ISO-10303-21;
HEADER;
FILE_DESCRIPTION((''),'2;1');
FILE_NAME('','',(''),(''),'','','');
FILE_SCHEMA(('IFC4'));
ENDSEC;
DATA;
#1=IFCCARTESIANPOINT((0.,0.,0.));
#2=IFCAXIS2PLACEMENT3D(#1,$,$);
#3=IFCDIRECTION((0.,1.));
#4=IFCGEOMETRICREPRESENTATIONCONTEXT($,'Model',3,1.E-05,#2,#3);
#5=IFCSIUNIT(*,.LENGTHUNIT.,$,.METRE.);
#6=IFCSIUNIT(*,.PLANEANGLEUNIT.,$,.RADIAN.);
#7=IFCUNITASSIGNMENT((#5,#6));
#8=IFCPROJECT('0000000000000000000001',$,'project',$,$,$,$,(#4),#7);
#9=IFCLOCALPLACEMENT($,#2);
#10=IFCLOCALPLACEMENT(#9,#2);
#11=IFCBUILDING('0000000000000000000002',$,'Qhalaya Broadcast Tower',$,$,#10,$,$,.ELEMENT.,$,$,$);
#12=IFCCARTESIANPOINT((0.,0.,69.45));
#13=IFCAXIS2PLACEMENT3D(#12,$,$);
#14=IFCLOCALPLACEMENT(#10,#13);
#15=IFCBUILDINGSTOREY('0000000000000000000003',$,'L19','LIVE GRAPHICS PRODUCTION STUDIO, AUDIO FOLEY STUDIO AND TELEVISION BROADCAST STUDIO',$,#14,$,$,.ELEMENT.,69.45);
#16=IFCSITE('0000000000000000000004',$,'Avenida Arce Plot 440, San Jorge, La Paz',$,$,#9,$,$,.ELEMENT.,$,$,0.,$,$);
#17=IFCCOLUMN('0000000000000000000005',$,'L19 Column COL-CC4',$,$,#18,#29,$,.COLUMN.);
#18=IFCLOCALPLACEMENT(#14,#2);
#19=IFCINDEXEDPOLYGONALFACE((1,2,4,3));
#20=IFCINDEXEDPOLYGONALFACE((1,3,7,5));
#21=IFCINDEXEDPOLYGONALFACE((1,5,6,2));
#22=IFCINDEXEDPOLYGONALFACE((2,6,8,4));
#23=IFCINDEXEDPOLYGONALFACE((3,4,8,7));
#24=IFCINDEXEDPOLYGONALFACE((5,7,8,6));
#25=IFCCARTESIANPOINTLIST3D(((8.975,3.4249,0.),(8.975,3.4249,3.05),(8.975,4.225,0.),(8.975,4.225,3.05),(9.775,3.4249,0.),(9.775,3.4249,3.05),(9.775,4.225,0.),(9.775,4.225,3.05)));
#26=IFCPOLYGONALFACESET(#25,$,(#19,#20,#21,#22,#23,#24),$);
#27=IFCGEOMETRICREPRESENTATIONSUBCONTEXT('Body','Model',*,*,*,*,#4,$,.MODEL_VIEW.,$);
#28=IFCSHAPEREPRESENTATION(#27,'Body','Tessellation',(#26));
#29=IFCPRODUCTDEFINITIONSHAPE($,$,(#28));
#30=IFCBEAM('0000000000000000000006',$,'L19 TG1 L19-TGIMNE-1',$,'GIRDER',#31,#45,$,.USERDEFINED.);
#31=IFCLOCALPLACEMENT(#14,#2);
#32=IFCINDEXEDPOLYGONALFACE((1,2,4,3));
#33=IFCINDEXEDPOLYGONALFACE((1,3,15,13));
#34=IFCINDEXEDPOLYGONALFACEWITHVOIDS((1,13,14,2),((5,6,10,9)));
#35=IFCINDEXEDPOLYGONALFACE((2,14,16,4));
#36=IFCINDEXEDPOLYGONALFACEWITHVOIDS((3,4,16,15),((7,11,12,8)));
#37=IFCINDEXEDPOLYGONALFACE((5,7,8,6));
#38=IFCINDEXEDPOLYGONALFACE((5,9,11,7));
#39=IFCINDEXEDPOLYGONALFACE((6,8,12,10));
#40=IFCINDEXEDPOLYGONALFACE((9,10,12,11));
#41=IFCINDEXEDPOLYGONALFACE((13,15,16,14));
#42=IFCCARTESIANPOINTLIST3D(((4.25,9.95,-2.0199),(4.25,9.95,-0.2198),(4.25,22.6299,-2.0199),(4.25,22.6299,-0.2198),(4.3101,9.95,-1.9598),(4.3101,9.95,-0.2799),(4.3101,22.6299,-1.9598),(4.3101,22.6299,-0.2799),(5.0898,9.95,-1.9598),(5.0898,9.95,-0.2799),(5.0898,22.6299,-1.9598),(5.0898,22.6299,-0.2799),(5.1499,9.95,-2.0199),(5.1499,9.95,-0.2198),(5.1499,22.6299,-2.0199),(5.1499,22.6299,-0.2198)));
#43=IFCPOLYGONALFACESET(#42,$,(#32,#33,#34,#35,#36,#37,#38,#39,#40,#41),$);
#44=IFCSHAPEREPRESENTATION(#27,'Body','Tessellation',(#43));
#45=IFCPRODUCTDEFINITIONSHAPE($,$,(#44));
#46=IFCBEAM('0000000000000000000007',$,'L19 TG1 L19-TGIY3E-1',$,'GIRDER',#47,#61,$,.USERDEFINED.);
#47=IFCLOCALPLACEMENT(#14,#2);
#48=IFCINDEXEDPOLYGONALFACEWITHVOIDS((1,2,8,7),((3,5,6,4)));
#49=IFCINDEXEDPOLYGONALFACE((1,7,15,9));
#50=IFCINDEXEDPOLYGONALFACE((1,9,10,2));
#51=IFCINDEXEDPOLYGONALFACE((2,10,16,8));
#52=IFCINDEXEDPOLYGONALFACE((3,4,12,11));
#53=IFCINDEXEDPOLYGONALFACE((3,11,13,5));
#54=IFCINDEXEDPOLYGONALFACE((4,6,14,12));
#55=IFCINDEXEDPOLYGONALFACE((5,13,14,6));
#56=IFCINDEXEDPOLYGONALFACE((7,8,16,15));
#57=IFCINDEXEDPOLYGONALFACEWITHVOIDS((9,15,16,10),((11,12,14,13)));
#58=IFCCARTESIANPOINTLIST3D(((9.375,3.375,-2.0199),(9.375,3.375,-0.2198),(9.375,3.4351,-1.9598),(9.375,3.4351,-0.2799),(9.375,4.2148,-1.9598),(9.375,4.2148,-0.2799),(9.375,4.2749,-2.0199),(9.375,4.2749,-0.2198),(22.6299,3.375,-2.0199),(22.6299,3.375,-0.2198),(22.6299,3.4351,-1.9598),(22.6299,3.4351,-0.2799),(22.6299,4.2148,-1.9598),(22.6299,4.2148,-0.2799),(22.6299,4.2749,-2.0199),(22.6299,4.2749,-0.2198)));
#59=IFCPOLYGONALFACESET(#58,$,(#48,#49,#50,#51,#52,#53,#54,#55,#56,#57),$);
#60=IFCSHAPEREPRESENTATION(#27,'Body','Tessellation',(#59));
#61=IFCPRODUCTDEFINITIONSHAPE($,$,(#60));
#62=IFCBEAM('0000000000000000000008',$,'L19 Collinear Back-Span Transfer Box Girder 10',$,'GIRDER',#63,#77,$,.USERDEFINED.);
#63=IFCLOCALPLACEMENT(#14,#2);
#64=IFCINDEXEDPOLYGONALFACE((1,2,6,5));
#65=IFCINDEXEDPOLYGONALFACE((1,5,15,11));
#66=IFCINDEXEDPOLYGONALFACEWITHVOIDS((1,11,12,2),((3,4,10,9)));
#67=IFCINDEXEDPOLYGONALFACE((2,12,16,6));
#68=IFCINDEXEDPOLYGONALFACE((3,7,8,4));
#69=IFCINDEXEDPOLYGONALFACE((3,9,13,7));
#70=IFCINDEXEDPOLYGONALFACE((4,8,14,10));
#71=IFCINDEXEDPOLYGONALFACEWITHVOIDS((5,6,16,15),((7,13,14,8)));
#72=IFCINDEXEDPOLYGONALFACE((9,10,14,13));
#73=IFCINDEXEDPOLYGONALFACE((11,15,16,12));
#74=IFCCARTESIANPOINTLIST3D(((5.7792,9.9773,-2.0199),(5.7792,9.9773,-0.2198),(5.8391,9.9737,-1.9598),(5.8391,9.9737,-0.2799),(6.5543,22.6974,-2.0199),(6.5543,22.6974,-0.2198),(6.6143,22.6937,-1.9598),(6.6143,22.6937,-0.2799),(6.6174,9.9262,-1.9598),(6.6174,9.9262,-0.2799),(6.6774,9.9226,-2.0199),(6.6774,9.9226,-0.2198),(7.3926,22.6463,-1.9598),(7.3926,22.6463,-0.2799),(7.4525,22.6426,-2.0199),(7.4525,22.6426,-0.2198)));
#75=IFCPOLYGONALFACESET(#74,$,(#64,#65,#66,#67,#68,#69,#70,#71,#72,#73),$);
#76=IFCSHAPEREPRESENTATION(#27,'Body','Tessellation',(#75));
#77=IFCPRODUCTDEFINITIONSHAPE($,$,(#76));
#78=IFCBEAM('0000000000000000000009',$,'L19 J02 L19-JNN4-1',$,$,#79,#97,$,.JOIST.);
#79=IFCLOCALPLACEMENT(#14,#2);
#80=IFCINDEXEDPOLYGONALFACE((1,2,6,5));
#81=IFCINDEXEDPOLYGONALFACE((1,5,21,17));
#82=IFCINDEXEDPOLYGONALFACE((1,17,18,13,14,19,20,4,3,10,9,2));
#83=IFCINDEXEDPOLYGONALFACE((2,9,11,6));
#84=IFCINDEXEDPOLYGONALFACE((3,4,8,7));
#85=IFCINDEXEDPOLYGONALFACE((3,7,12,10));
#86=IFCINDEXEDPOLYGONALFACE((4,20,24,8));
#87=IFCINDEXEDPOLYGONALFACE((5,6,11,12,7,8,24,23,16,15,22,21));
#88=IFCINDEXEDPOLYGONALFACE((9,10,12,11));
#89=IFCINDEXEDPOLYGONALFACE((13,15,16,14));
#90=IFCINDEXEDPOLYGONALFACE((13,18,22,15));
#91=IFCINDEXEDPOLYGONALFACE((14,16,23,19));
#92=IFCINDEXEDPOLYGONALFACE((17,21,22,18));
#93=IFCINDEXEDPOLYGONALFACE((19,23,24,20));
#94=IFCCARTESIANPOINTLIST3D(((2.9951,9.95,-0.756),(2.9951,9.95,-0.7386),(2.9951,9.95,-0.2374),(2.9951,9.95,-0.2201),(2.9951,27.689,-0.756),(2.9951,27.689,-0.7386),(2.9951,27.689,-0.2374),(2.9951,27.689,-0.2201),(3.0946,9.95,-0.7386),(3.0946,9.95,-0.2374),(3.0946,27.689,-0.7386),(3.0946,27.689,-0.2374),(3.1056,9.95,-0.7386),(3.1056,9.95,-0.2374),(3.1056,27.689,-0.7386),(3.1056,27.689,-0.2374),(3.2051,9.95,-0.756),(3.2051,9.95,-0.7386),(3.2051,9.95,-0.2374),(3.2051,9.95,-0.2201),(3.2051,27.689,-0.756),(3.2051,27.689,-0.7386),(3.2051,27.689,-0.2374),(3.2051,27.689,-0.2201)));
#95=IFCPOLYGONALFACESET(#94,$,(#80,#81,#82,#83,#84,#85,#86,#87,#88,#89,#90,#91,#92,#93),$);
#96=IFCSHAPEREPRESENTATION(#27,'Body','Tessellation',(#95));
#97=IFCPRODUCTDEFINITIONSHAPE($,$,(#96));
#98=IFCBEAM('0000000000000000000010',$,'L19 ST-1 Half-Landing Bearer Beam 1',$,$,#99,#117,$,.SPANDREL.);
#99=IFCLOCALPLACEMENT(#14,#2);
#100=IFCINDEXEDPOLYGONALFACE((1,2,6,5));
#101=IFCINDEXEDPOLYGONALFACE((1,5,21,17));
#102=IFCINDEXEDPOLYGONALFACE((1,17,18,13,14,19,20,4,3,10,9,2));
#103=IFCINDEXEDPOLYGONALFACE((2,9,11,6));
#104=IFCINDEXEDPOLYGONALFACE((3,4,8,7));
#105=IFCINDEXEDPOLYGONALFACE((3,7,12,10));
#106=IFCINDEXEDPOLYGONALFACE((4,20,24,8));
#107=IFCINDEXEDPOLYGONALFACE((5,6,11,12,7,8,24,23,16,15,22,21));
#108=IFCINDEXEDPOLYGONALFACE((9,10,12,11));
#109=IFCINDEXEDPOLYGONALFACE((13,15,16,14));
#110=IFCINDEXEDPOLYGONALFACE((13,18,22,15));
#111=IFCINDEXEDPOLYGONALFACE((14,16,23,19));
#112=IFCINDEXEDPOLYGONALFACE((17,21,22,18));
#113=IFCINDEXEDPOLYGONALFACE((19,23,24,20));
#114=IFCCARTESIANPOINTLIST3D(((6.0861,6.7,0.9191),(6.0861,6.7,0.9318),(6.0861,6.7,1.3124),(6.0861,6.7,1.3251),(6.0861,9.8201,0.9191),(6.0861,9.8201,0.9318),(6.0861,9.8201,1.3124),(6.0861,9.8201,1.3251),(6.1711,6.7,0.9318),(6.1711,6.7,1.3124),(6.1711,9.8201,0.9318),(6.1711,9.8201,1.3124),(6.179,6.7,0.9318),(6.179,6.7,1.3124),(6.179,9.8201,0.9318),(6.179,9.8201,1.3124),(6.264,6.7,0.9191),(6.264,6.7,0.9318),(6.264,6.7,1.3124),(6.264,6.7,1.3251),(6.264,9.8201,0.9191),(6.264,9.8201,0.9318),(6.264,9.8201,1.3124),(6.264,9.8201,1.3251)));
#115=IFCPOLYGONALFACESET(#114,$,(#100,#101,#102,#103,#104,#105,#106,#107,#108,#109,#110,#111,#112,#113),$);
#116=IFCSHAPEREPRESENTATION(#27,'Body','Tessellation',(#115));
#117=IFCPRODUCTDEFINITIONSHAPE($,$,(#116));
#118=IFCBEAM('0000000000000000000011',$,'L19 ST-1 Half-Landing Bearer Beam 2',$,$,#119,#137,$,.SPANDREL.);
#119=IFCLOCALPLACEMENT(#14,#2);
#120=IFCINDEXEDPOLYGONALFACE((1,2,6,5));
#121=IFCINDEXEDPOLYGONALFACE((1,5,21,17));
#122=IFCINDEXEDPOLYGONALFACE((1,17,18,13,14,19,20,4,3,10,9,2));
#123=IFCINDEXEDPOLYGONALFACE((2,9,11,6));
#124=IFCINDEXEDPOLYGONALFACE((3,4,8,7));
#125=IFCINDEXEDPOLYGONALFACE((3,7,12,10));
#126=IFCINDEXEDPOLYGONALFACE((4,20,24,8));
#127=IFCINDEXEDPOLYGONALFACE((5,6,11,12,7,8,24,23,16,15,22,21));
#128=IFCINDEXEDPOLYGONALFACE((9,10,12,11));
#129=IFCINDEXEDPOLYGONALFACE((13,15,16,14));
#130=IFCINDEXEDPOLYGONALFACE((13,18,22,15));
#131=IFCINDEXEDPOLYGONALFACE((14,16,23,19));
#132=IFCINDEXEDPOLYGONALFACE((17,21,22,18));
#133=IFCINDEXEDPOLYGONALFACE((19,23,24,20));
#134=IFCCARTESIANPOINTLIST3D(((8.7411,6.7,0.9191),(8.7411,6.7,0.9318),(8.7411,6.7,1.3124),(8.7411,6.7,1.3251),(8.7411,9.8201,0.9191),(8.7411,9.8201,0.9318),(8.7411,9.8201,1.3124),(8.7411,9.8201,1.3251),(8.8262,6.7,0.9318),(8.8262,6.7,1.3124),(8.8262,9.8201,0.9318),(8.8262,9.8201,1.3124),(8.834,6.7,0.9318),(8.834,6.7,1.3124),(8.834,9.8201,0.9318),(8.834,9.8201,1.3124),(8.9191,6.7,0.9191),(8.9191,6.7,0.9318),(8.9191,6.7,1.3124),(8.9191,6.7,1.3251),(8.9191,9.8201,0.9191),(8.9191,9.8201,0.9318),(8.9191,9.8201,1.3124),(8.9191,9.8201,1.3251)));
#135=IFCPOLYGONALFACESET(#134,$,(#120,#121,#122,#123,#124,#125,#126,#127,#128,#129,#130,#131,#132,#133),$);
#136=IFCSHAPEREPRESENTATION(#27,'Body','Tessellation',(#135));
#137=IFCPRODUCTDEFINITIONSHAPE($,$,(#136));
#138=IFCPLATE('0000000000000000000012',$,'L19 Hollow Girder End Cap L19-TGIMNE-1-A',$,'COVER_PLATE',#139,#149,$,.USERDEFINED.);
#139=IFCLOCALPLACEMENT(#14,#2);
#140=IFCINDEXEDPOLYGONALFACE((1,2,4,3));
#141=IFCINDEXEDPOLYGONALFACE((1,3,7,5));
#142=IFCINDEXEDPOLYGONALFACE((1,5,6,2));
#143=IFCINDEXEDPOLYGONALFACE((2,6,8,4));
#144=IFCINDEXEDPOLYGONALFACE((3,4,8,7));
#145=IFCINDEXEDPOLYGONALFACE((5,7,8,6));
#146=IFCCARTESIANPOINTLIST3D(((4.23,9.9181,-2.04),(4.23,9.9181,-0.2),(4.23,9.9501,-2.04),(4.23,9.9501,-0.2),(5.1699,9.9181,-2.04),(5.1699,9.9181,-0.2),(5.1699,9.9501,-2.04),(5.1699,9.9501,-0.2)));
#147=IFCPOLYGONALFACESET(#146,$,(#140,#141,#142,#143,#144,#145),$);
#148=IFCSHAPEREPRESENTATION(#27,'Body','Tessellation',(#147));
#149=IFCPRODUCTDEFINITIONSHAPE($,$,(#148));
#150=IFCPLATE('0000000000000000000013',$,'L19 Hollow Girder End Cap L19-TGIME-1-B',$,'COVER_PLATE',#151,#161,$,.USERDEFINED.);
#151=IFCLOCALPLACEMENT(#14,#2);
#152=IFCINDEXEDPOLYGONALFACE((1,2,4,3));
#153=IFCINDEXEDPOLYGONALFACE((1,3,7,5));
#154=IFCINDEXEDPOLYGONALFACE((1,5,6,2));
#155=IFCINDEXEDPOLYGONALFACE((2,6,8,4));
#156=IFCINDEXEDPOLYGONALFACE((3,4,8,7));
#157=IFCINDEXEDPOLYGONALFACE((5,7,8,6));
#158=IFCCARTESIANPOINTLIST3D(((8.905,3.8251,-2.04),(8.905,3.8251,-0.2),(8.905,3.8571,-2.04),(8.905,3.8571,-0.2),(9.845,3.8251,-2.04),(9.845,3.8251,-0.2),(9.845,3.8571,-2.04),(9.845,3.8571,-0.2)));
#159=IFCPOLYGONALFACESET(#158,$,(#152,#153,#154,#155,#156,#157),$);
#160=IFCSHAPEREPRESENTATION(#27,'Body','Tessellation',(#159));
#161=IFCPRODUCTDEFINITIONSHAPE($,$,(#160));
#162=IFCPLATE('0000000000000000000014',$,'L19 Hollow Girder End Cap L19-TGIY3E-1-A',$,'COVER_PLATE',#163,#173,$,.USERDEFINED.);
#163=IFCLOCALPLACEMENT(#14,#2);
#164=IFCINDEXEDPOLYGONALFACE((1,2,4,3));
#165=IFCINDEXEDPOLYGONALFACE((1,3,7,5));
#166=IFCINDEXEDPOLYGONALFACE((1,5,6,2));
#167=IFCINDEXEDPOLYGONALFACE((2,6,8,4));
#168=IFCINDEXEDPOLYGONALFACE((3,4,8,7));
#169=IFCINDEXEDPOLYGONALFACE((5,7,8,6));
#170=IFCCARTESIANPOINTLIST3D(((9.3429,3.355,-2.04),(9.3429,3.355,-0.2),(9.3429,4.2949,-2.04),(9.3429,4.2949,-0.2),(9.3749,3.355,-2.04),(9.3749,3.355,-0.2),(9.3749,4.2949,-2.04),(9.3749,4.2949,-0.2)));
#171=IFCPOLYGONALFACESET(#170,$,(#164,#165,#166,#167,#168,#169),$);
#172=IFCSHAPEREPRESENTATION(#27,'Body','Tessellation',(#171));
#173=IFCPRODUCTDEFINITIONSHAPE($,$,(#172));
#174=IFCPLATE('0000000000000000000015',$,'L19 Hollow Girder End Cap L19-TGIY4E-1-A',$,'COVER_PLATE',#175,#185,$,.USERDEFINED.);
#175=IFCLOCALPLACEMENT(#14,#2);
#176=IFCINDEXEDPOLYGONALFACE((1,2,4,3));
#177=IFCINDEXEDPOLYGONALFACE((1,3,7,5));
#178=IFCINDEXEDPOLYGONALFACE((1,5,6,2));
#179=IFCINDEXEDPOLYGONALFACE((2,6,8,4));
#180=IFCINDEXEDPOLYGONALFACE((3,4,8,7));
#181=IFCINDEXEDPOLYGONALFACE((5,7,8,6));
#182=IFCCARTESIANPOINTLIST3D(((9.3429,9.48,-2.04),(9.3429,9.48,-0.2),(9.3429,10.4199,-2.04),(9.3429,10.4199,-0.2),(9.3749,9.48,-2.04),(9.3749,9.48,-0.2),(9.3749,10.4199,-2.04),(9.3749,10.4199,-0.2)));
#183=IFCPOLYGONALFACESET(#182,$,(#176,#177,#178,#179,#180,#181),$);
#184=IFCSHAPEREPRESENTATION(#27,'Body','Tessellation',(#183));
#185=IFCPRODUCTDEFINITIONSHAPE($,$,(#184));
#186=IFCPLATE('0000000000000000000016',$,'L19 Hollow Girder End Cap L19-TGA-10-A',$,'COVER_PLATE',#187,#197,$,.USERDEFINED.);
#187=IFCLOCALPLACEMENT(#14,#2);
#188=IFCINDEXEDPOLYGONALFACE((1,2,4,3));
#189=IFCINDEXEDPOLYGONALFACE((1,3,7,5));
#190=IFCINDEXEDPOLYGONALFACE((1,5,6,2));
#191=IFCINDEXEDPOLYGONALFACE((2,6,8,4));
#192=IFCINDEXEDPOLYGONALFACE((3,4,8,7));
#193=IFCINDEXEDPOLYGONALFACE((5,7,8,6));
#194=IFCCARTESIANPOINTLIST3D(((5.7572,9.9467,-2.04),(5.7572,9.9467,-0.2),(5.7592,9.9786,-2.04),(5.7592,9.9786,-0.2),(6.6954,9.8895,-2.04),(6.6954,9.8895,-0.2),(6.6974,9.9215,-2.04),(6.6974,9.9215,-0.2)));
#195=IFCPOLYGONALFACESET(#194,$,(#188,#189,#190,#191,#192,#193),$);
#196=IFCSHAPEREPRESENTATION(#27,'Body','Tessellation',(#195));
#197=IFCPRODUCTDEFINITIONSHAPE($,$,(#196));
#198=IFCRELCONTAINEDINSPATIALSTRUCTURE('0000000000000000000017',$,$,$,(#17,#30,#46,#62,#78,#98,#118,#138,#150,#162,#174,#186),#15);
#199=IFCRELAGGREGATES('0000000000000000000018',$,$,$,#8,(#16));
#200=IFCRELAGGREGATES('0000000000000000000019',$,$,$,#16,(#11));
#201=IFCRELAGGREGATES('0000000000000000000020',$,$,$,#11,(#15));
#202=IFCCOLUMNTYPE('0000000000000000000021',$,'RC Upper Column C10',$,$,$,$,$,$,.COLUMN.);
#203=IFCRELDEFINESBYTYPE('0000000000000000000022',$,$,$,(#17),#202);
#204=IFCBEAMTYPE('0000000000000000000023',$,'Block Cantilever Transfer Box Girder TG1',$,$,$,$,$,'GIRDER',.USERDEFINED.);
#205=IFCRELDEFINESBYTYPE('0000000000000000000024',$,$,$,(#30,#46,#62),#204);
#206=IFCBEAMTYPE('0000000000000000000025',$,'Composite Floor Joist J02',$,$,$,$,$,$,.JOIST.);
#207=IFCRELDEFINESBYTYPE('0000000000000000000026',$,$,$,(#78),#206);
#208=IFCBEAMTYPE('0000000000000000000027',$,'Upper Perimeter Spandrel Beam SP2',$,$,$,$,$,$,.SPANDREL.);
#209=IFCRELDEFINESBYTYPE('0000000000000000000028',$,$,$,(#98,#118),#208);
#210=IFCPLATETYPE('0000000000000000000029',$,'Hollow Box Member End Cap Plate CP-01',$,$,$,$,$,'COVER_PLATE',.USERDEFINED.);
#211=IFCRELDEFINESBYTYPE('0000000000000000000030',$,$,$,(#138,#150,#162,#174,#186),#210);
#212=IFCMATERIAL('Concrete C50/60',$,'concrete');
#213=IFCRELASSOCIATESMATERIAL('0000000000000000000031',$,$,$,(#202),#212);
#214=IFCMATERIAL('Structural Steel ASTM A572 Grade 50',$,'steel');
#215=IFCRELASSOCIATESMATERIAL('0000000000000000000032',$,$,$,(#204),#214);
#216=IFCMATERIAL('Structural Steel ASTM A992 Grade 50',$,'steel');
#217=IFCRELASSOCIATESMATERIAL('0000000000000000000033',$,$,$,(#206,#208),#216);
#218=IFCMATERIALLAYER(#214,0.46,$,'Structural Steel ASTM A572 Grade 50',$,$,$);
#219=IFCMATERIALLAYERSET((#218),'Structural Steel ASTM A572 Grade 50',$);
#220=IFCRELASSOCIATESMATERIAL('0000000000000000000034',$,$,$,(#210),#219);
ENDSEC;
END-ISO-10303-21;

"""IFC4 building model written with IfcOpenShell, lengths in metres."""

from ifc_helpers import new_model, si_unit, direction, frame, origin, origin_2d, place, context, subcontext, project, spatial, rectangle, hollow_rectangle, i_section, extrude, material, layer, layer_set, material_profile, profile_set, type_object, element, save


model = new_model("IFC4")

# Units and contexts
model_context = context("Model", 3, precision=1e-05, world=origin(), true_north=direction((0.0, 1.0)))
body_context = subcontext(model_context, "Body", "Model", "MODEL_VIEW")
ifc_project = project(units=[si_unit("LENGTHUNIT", "METRE"), si_unit("PLANEANGLEUNIT", "RADIAN")], contexts=[model_context])

# Site, building, storey
site_placement = place(None, origin())
site = spatial("IfcSite", under=ifc_project, at=site_placement, Name="Avenida Arce Plot 440, San Jorge, La Paz", CompositionType="ELEMENT", RefElevation=0.0)
building_placement = place(site_placement, origin())
building = spatial("IfcBuilding", under=site, at=building_placement, Name="Qhalaya Broadcast Tower", CompositionType="ELEMENT")
storey_placement = place(building_placement, frame((0.0, 0.0, 69.45)))
storey = spatial("IfcBuildingStorey", under=building, at=storey_placement, Name="L19", Description="LIVE GRAPHICS PRODUCTION STUDIO, AUDIO FOLEY STUDIO AND TELEVISION BROADCAST STUDIO", CompositionType="ELEMENT", Elevation=69.45)

# Column
ifc_material_1 = material(Name="Concrete C50/60", Category="concrete")
ifc_material_profile_1 = material_profile(ifc_material_1, rectangle(XDim=0.8, YDim=0.8, at=origin_2d()), Name="RC-COL 800x800")
ifc_profile_set_1 = profile_set([ifc_material_profile_1], Name="Concrete C50/60")
column_type = type_object("IfcColumnType", Name="RC Upper Column C10", PredefinedType="COLUMN", material=ifc_profile_set_1)
column_placement = place(storey_placement, frame((9.375, 3.825, 0.0), z_axis=(0.0, 0.0, 1.0), x_axis=(1.0, 0.0, 0.0)))
element("IfcColumn", 1, at=column_placement, inside=storey, type_object=column_type, Name="L19 Column COL-CC4", PredefinedType="COLUMN", context=body_context, shape_type="SweptSolid", body=[
    extrude(rectangle(XDim=0.8, YDim=0.8, at=origin_2d()), origin(), (0.0, 0.0, 1.0), 3.05),
])

# Beams
ifc_material_2 = material(Name="Structural Steel ASTM A572 Grade 50", Category="steel")
ifc_material_profile_2 = material_profile(ifc_material_2, hollow_rectangle(XDim=0.8999, YDim=1.8, WallThickness=0.0601, at=origin_2d()), Name="BOX 900x1800x60")
ifc_profile_set_2 = profile_set([ifc_material_profile_2], Name="Structural Steel ASTM A572 Grade 50")
beam_type_1 = type_object("IfcBeamType", Name="Block Cantilever Transfer Box Girder TG1", ElementType="GIRDER", PredefinedType="USERDEFINED", material=ifc_profile_set_2)
beam_1_placement = place(storey_placement, frame((4.7, 9.95, -1.1199), z_axis=(0.0, 1.0, 0.0), x_axis=(-1.0, 0.0, 0.0)))
element("IfcBeam", 2, at=beam_1_placement, inside=storey, type_object=beam_type_1, Name="L19 TG1 L19-TGIMNE-1", ObjectType="GIRDER", PredefinedType="USERDEFINED", context=body_context, shape_type="SweptSolid", body=[
    extrude(hollow_rectangle(XDim=0.8999, YDim=1.8, WallThickness=0.0601, at=origin_2d()), origin(), (0.0, 0.0, 1.0), 12.6799),
])
beam_2_placement = place(storey_placement, frame((9.375, 3.825, -1.1199), z_axis=(1.0, 0.0, 0.0), x_axis=(0.0, 1.0, 0.0)))
element("IfcBeam", 3, at=beam_2_placement, inside=storey, type_object=beam_type_1, Name="L19 TG1 L19-TGIY3E-1", ObjectType="GIRDER", PredefinedType="USERDEFINED", context=body_context, shape_type="SweptSolid", body=[
    extrude(hollow_rectangle(XDim=0.8999, YDim=1.8, WallThickness=0.0601, at=origin_2d()), origin(), (0.0, 0.0, 1.0), 13.2549),
])
beam_3_placement = place(storey_placement, frame((6.2283, 9.95, -1.1199), z_axis=(0.060826, 0.998148, 0.0), x_axis=(-0.998148, 0.060826, 0.0)))
element("IfcBeam", 4, at=beam_3_placement, inside=storey, type_object=beam_type_1, Name="L19 Collinear Back-Span Transfer Box Girder 10", ObjectType="GIRDER", PredefinedType="USERDEFINED", context=body_context, shape_type="SweptSolid", body=[
    extrude(hollow_rectangle(XDim=0.8999, YDim=1.8, WallThickness=0.0601, at=origin_2d()), origin(), (0.0, 0.0, 1.0), 12.7437),
])
ifc_material_3 = material(Name="Structural Steel ASTM A992 Grade 50", Category="steel")
ifc_material_profile_3 = material_profile(ifc_material_3, i_section(OverallWidth=0.21, OverallDepth=0.5359, WebThickness=0.011, FlangeThickness=0.0173, at=origin_2d()), Name="W21X68")
ifc_profile_set_3 = profile_set([ifc_material_profile_3], Name="Structural Steel ASTM A992 Grade 50")
beam_type_2 = type_object("IfcBeamType", Name="Composite Floor Joist J02", PredefinedType="JOIST", material=ifc_profile_set_3)
beam_4_placement = place(storey_placement, frame((3.1001, 9.95, -0.488), z_axis=(0.0, 1.0, 0.0), x_axis=(-1.0, 0.0, 0.0)))
element("IfcBeam", 5, at=beam_4_placement, inside=storey, type_object=beam_type_2, Name="L19 J02 L19-JNN4-1", PredefinedType="JOIST", context=body_context, shape_type="SweptSolid", body=[
    extrude(i_section(OverallWidth=0.21, OverallDepth=0.5359, WebThickness=0.011, FlangeThickness=0.0173, at=origin_2d()), origin(), (0.0, 0.0, 1.0), 17.739),
])
ifc_material_profile_4 = material_profile(ifc_material_3, i_section(OverallWidth=0.178, OverallDepth=0.406, WebThickness=0.0078, FlangeThickness=0.0127, at=origin_2d()), Name="W16X40")
ifc_profile_set_4 = profile_set([ifc_material_profile_4], Name="Structural Steel ASTM A992 Grade 50")
beam_type_3 = type_object("IfcBeamType", Name="Upper Perimeter Spandrel Beam SP2", PredefinedType="SPANDREL", material=ifc_profile_set_4)
for number, where, z_axis, x_axis, name in (
    (6, (6.175, 6.7, 1.1221), (0.0, 1.0, 0.0), (-1.0, 0.0, 0.0), "L19 ST-1 Half-Landing Bearer Beam 1"),
    (7, (8.8301, 6.7, 1.1221), (0.0, 1.0, 0.0), (-1.0, 0.0, 0.0), "L19 ST-1 Half-Landing Bearer Beam 2"),
):
    element("IfcBeam", number, at=place(storey_placement, frame(where, z_axis=z_axis, x_axis=x_axis)), inside=storey, type_object=beam_type_3, Name=name, PredefinedType="SPANDREL", context=body_context, shape_type="SweptSolid", body=[
        extrude(i_section(OverallWidth=0.178, OverallDepth=0.406, WebThickness=0.0078, FlangeThickness=0.0127, at=origin_2d()), origin(), (0.0, 0.0, 1.0), 3.1201),
    ])

# Plates
ifc_layer_1 = layer(ifc_material_2, 0.46, Name="Structural Steel ASTM A572 Grade 50")
ifc_layer_set_1 = layer_set([ifc_layer_1], Name="Structural Steel ASTM A572 Grade 50")
plate_type = type_object("IfcPlateType", Name="Hollow Box Member End Cap Plate CP-01", ElementType="COVER_PLATE", PredefinedType="USERDEFINED", material=ifc_layer_set_1)
for number, where, z_axis, x_axis, name in (
    (8, (4.7, 9.9341, -2.04), (0.0, 0.0, 1.0), (-1.0, 0.0, 0.0), "L19 Hollow Girder End Cap L19-TGIMNE-1-A"),
    (9, (9.375, 3.8411, -2.04), (0.0, 0.0, 1.0), (-1.0, 0.0, 0.0), "L19 Hollow Girder End Cap L19-TGIME-1-B"),
    (10, (9.3589, 3.825, -2.04), (0.0, 0.0, 1.0), (0.0, 1.0, 0.0), "L19 Hollow Girder End Cap L19-TGIY3E-1-A"),
    (11, (9.3589, 9.95, -2.04), (0.0, 0.0, 1.0), (0.0, 1.0, 0.0), "L19 Hollow Girder End Cap L19-TGIY4E-1-A"),
    (12, (6.2273, 9.9341, -2.04), (0.0, 0.0, 1.0), (-0.998149, 0.060822, 0.0), "L19 Hollow Girder End Cap L19-TGA-10-A"),
):
    element("IfcPlate", number, at=place(storey_placement, frame(where, z_axis=z_axis, x_axis=x_axis)), inside=storey, type_object=plate_type, Name=name, ObjectType="COVER_PLATE", PredefinedType="USERDEFINED", context=body_context, shape_type="SweptSolid", body=[
        extrude(rectangle(XDim=0.9399, YDim=0.032, at=origin_2d()), origin(), (0.0, 0.0, 1.0), 1.8401),
    ])

save(model, "model.ifc")
